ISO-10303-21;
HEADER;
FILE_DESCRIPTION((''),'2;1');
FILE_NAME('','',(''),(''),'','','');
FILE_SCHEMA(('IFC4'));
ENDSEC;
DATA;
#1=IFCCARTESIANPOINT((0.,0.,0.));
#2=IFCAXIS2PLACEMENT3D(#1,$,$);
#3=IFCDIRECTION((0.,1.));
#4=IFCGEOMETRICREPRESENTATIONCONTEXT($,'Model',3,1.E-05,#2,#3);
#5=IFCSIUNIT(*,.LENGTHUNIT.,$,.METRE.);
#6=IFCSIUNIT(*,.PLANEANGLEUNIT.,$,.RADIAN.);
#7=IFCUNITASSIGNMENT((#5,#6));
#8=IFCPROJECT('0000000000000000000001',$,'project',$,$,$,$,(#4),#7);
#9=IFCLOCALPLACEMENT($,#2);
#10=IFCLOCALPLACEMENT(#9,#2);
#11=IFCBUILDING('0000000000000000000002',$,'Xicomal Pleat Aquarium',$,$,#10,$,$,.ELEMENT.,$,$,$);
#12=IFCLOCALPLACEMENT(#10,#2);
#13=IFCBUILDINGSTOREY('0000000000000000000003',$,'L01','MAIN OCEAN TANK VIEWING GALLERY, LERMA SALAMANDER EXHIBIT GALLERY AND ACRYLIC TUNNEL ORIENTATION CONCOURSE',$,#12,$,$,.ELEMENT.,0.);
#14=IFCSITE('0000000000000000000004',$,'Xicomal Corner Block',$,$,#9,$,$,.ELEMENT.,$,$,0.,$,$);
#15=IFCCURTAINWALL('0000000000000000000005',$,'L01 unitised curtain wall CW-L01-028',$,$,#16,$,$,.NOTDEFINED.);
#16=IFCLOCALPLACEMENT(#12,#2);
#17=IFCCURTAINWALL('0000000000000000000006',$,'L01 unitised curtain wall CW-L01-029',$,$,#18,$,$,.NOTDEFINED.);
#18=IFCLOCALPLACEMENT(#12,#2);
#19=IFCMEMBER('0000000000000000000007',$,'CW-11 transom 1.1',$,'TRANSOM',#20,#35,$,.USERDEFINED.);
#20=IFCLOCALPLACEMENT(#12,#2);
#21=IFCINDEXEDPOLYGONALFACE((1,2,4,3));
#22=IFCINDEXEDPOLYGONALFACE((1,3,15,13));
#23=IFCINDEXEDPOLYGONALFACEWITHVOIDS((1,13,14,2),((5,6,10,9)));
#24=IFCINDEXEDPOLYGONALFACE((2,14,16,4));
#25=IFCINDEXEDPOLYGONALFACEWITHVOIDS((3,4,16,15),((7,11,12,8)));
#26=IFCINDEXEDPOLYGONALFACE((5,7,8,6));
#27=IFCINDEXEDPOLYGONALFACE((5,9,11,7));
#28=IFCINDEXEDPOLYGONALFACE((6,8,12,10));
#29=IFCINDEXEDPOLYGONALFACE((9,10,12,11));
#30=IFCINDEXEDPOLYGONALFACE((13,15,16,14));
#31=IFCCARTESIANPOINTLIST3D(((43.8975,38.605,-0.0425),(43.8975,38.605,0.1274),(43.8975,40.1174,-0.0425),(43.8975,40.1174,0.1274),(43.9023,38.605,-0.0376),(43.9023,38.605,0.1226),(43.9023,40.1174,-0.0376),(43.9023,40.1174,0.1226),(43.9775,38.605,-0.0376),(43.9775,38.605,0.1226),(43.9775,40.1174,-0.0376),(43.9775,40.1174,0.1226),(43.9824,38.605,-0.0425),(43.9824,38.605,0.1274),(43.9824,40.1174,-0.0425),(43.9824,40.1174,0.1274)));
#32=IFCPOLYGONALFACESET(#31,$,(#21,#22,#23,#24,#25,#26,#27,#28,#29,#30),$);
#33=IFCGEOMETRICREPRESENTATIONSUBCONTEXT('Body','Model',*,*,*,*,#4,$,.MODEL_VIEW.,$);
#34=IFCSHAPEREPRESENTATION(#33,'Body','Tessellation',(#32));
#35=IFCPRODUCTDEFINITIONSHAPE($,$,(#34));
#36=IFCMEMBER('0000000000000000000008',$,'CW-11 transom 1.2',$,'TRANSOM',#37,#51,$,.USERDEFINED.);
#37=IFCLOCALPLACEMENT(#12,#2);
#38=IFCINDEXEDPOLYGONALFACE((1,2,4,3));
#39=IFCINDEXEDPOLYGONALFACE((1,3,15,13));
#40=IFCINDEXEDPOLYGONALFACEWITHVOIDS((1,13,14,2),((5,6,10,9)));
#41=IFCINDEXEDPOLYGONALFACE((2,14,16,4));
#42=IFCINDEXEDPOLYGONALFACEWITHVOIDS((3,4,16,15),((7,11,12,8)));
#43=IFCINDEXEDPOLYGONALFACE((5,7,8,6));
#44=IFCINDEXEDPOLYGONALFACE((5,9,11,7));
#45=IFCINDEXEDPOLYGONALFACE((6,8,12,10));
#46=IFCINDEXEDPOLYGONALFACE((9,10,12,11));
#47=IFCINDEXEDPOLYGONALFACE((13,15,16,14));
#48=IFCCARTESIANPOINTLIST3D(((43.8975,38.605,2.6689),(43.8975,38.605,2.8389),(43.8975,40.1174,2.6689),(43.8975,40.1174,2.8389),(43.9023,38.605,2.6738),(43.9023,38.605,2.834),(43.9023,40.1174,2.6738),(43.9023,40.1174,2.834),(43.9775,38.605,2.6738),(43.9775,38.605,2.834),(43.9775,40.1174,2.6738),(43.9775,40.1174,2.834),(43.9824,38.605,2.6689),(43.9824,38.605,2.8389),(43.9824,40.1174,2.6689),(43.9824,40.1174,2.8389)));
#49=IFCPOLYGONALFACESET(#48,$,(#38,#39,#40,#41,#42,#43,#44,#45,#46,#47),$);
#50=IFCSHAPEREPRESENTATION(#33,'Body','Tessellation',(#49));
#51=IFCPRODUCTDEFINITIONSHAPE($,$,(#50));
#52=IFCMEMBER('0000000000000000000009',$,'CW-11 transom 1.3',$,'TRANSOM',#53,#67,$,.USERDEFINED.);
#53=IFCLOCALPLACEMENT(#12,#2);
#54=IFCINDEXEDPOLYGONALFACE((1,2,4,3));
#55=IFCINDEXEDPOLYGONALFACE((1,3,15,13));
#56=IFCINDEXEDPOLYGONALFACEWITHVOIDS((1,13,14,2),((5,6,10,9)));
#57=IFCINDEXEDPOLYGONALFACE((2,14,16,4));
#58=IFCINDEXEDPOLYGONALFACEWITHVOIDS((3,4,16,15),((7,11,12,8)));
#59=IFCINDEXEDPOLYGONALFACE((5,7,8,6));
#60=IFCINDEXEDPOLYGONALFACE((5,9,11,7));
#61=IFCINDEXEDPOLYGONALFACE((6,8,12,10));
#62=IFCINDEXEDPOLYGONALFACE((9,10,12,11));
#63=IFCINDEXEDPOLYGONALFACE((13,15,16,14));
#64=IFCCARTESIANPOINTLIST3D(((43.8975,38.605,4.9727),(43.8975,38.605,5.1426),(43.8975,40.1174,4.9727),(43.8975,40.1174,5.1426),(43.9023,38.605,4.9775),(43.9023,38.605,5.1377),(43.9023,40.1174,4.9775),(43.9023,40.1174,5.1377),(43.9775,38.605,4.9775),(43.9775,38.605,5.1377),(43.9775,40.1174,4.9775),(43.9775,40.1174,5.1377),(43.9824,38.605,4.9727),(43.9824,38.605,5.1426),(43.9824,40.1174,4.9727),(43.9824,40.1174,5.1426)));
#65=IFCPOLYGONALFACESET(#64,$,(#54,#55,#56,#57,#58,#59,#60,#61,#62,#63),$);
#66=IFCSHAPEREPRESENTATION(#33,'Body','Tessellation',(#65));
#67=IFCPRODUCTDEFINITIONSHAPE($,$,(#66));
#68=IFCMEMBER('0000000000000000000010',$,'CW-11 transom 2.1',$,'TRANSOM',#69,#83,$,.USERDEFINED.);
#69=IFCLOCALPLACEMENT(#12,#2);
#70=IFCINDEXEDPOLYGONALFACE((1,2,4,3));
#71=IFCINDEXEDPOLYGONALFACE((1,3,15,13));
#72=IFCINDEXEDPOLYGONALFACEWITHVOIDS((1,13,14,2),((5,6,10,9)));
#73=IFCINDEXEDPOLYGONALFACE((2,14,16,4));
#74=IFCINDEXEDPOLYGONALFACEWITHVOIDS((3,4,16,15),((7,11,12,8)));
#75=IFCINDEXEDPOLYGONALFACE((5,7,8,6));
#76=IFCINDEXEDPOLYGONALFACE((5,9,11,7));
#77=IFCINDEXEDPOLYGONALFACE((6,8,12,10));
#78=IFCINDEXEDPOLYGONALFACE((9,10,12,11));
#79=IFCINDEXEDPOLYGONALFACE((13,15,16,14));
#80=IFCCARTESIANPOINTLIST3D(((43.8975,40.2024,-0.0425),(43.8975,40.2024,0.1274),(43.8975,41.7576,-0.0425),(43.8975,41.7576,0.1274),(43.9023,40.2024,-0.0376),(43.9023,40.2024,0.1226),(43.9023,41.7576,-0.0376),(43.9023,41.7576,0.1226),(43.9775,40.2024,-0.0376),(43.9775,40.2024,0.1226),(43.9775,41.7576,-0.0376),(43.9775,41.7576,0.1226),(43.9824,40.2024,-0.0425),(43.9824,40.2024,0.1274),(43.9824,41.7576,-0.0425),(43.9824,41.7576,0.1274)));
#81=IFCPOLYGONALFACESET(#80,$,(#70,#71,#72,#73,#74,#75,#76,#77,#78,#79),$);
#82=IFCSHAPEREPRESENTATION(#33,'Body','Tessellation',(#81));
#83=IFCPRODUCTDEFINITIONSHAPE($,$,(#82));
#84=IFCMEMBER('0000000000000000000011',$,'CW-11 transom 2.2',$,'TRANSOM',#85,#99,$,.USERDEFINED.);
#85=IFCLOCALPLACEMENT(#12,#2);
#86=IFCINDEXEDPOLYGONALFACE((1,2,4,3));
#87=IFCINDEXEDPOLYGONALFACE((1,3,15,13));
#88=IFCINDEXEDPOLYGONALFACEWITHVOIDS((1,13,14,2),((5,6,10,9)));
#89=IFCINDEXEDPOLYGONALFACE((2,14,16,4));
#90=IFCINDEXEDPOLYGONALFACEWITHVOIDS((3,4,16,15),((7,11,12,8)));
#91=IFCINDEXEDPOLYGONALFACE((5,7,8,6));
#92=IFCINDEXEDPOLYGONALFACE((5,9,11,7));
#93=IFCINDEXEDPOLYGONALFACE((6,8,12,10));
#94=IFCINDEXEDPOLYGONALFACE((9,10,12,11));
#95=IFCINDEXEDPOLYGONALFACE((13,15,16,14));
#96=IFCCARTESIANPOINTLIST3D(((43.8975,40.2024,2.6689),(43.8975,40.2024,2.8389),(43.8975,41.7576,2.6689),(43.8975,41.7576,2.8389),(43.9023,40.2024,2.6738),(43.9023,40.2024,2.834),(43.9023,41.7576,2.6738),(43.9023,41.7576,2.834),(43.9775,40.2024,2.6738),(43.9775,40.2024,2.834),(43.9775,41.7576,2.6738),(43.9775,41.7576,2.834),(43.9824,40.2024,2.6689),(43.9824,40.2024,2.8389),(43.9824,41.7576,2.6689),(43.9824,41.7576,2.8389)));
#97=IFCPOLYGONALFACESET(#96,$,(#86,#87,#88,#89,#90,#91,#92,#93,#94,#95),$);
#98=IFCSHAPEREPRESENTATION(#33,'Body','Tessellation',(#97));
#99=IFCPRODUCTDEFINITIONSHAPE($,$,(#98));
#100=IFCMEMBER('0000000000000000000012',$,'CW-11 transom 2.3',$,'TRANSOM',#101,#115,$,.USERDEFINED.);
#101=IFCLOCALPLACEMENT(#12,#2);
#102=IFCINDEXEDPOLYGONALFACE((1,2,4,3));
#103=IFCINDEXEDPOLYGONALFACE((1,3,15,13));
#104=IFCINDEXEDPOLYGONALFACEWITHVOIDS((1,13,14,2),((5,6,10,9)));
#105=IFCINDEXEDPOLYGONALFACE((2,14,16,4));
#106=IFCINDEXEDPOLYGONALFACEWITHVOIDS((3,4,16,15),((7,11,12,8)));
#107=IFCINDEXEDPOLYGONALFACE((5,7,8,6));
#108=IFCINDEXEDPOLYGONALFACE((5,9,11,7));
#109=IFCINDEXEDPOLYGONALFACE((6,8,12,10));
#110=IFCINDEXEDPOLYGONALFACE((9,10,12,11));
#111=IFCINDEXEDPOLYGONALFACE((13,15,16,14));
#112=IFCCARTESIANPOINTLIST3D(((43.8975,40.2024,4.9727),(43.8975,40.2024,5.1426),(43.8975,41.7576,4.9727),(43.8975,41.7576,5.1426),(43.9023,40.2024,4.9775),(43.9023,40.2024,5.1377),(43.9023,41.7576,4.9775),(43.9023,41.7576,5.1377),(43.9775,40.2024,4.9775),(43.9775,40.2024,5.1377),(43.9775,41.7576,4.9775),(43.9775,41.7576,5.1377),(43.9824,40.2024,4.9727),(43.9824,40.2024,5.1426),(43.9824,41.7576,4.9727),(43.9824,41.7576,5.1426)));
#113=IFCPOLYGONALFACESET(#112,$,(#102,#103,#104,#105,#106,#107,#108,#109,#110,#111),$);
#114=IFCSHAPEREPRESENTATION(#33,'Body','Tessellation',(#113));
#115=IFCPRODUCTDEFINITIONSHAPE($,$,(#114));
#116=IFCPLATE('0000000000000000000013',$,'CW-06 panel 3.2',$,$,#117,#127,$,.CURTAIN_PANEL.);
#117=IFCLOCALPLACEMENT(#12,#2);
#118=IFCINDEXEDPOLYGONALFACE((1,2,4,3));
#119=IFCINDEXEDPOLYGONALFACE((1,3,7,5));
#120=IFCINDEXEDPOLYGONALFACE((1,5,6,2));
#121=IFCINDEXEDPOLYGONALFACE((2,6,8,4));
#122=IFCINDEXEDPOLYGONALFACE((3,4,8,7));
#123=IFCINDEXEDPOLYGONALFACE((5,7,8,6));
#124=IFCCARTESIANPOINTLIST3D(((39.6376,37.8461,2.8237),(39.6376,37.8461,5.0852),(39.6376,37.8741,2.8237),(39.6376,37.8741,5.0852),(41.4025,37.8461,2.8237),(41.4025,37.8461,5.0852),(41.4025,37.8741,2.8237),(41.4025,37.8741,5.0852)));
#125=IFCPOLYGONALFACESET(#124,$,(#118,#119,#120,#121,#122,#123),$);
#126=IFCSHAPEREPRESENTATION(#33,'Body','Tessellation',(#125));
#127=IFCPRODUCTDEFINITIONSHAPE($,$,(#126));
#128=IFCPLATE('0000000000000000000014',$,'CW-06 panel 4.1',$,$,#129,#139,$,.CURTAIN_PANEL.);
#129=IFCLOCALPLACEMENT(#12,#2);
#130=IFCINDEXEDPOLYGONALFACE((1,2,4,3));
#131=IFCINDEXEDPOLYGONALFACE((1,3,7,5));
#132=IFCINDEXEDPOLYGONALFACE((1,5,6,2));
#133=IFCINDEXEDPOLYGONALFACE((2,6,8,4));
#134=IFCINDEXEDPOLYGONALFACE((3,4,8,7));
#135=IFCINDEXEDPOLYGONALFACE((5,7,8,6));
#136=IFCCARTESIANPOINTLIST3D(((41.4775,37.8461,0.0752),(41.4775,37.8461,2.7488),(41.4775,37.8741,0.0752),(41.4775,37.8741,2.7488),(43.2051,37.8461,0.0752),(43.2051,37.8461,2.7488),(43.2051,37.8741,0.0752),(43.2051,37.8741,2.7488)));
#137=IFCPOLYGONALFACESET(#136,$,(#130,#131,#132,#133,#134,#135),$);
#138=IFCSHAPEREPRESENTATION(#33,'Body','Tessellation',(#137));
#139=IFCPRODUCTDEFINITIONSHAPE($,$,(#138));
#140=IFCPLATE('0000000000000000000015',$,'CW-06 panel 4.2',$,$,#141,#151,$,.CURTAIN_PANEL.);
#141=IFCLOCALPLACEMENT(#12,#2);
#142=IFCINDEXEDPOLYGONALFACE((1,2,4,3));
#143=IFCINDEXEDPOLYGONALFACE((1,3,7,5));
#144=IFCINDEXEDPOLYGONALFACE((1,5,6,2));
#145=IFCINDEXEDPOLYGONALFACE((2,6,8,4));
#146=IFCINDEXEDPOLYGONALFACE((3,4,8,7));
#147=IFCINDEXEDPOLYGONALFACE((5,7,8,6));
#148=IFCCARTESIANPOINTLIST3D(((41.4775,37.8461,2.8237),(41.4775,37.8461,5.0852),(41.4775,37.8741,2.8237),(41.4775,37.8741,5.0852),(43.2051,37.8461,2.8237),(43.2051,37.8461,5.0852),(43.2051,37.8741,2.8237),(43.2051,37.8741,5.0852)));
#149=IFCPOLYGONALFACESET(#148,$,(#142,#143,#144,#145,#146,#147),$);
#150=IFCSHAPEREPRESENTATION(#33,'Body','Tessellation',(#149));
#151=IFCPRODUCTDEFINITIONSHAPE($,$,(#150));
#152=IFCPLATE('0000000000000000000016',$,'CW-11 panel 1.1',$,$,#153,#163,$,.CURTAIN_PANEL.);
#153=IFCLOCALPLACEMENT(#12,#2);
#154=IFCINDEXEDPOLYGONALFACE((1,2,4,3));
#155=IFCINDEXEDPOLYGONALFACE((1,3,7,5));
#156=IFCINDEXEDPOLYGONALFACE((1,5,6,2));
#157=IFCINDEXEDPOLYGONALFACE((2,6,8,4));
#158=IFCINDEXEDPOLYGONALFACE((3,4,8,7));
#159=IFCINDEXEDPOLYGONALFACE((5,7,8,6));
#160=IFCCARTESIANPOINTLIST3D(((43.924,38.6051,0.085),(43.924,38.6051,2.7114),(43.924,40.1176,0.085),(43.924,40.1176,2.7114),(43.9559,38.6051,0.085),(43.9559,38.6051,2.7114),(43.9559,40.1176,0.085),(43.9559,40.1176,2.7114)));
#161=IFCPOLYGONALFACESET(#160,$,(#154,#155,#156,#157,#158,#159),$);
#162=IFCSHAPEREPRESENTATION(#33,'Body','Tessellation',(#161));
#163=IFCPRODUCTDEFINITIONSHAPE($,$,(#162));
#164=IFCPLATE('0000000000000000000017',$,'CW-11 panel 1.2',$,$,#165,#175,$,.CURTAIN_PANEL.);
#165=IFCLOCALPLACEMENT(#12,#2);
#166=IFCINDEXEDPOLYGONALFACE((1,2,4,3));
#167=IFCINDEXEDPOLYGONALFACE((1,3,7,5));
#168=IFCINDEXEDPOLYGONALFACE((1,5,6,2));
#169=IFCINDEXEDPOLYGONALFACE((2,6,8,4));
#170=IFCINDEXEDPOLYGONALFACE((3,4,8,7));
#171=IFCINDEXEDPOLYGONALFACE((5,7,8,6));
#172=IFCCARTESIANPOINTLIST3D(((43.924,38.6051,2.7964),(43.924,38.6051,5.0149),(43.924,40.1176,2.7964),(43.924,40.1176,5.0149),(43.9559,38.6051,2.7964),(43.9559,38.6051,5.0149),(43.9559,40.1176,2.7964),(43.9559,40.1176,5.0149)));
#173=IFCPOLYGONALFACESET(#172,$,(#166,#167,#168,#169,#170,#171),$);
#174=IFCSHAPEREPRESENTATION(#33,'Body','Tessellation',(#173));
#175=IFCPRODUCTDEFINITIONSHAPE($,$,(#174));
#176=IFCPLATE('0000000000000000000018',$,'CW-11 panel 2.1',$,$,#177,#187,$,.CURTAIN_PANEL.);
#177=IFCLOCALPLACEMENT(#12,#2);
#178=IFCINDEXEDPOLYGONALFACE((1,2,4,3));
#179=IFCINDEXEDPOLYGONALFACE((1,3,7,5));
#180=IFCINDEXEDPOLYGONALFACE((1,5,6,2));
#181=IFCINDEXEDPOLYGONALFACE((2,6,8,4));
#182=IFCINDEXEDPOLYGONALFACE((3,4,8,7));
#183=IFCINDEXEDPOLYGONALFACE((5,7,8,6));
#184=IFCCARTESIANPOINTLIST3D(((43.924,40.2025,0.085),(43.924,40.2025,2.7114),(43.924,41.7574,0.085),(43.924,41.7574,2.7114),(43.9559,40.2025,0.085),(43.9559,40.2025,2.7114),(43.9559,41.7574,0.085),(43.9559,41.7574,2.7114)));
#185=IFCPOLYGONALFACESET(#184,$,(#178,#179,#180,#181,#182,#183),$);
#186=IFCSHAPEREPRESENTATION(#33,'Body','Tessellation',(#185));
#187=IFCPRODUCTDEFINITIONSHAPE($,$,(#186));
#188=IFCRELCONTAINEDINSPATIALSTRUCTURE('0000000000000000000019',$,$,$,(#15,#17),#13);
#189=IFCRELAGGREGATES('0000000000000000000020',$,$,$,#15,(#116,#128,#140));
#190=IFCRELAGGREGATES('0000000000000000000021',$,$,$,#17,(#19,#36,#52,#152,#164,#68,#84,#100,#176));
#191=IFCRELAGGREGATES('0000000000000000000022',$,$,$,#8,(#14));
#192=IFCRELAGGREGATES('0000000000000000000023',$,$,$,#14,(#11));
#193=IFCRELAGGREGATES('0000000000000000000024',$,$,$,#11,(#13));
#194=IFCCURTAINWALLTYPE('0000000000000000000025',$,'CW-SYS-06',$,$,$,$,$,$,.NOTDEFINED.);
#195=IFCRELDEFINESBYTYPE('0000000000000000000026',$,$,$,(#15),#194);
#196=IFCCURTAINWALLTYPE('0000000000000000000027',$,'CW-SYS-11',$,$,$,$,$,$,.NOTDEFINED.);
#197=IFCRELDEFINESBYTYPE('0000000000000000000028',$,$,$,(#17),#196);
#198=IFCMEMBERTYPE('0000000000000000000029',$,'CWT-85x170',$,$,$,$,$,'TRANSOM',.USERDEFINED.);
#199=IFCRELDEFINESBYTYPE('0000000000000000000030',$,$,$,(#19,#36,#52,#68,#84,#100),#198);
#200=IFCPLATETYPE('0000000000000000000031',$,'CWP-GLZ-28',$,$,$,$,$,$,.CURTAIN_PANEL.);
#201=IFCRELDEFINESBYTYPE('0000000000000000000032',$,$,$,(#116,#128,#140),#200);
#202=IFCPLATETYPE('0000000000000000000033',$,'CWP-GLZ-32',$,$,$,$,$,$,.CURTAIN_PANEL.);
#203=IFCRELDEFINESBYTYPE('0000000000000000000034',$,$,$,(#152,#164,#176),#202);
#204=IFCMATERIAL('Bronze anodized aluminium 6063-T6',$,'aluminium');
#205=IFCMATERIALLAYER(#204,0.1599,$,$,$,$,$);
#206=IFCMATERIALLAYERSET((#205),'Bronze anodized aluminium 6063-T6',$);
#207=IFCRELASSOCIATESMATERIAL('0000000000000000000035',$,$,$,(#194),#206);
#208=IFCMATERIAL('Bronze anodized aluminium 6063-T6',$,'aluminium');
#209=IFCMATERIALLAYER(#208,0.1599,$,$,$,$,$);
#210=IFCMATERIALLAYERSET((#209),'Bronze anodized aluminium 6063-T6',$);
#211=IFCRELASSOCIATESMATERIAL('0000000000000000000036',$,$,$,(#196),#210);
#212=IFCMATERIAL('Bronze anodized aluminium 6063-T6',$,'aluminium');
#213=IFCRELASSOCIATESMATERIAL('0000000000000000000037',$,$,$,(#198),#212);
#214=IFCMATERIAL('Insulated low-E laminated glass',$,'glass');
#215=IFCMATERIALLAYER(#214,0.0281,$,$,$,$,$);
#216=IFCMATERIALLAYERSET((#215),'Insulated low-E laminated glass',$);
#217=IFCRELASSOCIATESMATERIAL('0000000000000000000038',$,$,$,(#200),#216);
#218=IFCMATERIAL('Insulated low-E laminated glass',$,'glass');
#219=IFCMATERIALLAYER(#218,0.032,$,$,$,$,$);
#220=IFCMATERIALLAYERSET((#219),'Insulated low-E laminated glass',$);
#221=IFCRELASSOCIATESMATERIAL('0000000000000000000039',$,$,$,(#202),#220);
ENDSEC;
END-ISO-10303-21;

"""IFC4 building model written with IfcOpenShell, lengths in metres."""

from ifc_helpers import new_model, si_unit, direction, frame, origin, origin_2d, place, context, subcontext, project, spatial, rectangle, hollow_rectangle, extrude, material, layer, layer_set, material_profile, profile_set, type_object, element, aggregate, save


model = new_model("IFC4")

# Units and contexts
model_context = context("Model", 3, precision=1e-05, world=origin(), true_north=direction((0.0, 1.0)))
body_context = subcontext(model_context, "Body", "Model", "MODEL_VIEW")
ifc_project = project(units=[si_unit("LENGTHUNIT", "METRE"), si_unit("PLANEANGLEUNIT", "RADIAN")], contexts=[model_context])

# Site, building, storey
site_placement = place(None, origin())
site = spatial("IfcSite", under=ifc_project, at=site_placement, Name="Xicomal Corner Block", CompositionType="ELEMENT", RefElevation=0.0)
building_placement = place(site_placement, origin())
building = spatial("IfcBuilding", under=site, at=building_placement, Name="Xicomal Pleat Aquarium", CompositionType="ELEMENT")
storey_placement = place(building_placement, origin())
storey = spatial("IfcBuildingStorey", under=building, at=storey_placement, Name="L01", Description="MAIN OCEAN TANK VIEWING GALLERY, LERMA SALAMANDER EXHIBIT GALLERY AND ACRYLIC TUNNEL ORIENTATION CONCOURSE", CompositionType="ELEMENT", Elevation=0.0)

# Curtain walls
ifc_material_1 = material(Name="Bronze anodized aluminium 6063-T6", Category="aluminium")
ifc_layer_1 = layer(ifc_material_1, 0.1599)
ifc_layer_set_1 = layer_set([ifc_layer_1], Name="Bronze anodized aluminium 6063-T6")
curtain_wall_type_1 = type_object("IfcCurtainWallType", Name="CW-SYS-06", PredefinedType="NOTDEFINED", material=ifc_layer_set_1)
curtain_wall_1_placement = place(storey_placement, origin())
curtain_wall_1 = element("IfcCurtainWall", 1, at=curtain_wall_1_placement, inside=storey, type_object=curtain_wall_type_1, Name="L01 unitised curtain wall CW-L01-028", PredefinedType="NOTDEFINED")
ifc_material_2 = material(Name="Bronze anodized aluminium 6063-T6", Category="aluminium")
ifc_layer_2 = layer(ifc_material_2, 0.1599)
ifc_layer_set_2 = layer_set([ifc_layer_2], Name="Bronze anodized aluminium 6063-T6")
curtain_wall_type_2 = type_object("IfcCurtainWallType", Name="CW-SYS-11", PredefinedType="NOTDEFINED", material=ifc_layer_set_2)
curtain_wall_2_placement = place(storey_placement, origin())
curtain_wall_2 = element("IfcCurtainWall", 2, at=curtain_wall_2_placement, inside=storey, type_object=curtain_wall_type_2, Name="L01 unitised curtain wall CW-L01-029", PredefinedType="NOTDEFINED")

# Members
ifc_material_3 = material(Name="Bronze anodized aluminium 6063-T6", Category="aluminium")
ifc_material_profile_1 = material_profile(ifc_material_3, hollow_rectangle(XDim=0.085, YDim=0.1699, WallThickness=0.0049, at=origin_2d()), Name="ALU TRAN 85x170")
ifc_profile_set_1 = profile_set([ifc_material_profile_1], Name="Bronze anodized aluminium 6063-T6")
member_type_1 = type_object("IfcMemberType", Name="CWT-85x170", ElementType="TRANSOM", PredefinedType="USERDEFINED", material=ifc_profile_set_1)
member_1_placement = place(storey_placement, frame((43.9399, 38.605, 0.0425), z_axis=(0.0, 1.0, 0.0), x_axis=(-1.0, 0.0, 0.0)))
member_1 = element("IfcMember", 3, at=member_1_placement, type_object=member_type_1, Name="CW-11 transom 1.1", ObjectType="TRANSOM", PredefinedType="USERDEFINED", context=body_context, shape_type="SweptSolid", body=[
    extrude(hollow_rectangle(XDim=0.085, YDim=0.1699, WallThickness=0.0049, at=origin_2d()), origin(), (0.0, 0.0, 1.0), 1.5125),
])
member_2_placement = place(storey_placement, frame((43.9399, 38.605, 2.7539), z_axis=(0.0, 1.0, 0.0), x_axis=(-1.0, 0.0, 0.0)))
member_2 = element("IfcMember", 4, at=member_2_placement, type_object=member_type_1, Name="CW-11 transom 1.2", ObjectType="TRANSOM", PredefinedType="USERDEFINED", context=body_context, shape_type="SweptSolid", body=[
    extrude(hollow_rectangle(XDim=0.085, YDim=0.1699, WallThickness=0.0049, at=origin_2d()), origin(), (0.0, 0.0, 1.0), 1.5125),
])
member_3_placement = place(storey_placement, frame((43.9399, 38.605, 5.0576), z_axis=(0.0, 1.0, 0.0), x_axis=(-1.0, 0.0, 0.0)))
member_3 = element("IfcMember", 5, at=member_3_placement, type_object=member_type_1, Name="CW-11 transom 1.3", ObjectType="TRANSOM", PredefinedType="USERDEFINED", context=body_context, shape_type="SweptSolid", body=[
    extrude(hollow_rectangle(XDim=0.085, YDim=0.1699, WallThickness=0.0049, at=origin_2d()), origin(), (0.0, 0.0, 1.0), 1.5125),
])
member_4_placement = place(storey_placement, frame((43.9399, 40.2024, 0.0425), z_axis=(0.0, 1.0, 0.0), x_axis=(-1.0, 0.0, 0.0)))
member_4 = element("IfcMember", 6, at=member_4_placement, type_object=member_type_1, Name="CW-11 transom 2.1", ObjectType="TRANSOM", PredefinedType="USERDEFINED", context=body_context, shape_type="SweptSolid", body=[
    extrude(hollow_rectangle(XDim=0.085, YDim=0.1699, WallThickness=0.0049, at=origin_2d()), origin(), (0.0, 0.0, 1.0), 1.5552),
])
member_5_placement = place(storey_placement, frame((43.9399, 40.2024, 2.7539), z_axis=(0.0, 1.0, 0.0), x_axis=(-1.0, 0.0, 0.0)))
member_5 = element("IfcMember", 7, at=member_5_placement, type_object=member_type_1, Name="CW-11 transom 2.2", ObjectType="TRANSOM", PredefinedType="USERDEFINED", context=body_context, shape_type="SweptSolid", body=[
    extrude(hollow_rectangle(XDim=0.085, YDim=0.1699, WallThickness=0.0049, at=origin_2d()), origin(), (0.0, 0.0, 1.0), 1.5552),
])
member_6_placement = place(storey_placement, frame((43.9399, 40.2024, 5.0576), z_axis=(0.0, 1.0, 0.0), x_axis=(-1.0, 0.0, 0.0)))
member_6 = element("IfcMember", 8, at=member_6_placement, type_object=member_type_1, Name="CW-11 transom 2.3", ObjectType="TRANSOM", PredefinedType="USERDEFINED", context=body_context, shape_type="SweptSolid", body=[
    extrude(hollow_rectangle(XDim=0.085, YDim=0.1699, WallThickness=0.0049, at=origin_2d()), origin(), (0.0, 0.0, 1.0), 1.5552),
])

# Plates
ifc_material_4 = material(Name="Insulated low-E laminated glass", Category="glass")
ifc_layer_3 = layer(ifc_material_4, 0.0281)
ifc_layer_set_3 = layer_set([ifc_layer_3], Name="Insulated low-E laminated glass")
plate_type_1 = type_object("IfcPlateType", Name="CWP-GLZ-28", PredefinedType="CURTAIN_PANEL", material=ifc_layer_set_3)
plate_1_placement = place(storey_placement, frame((40.52, 37.8601, 2.8237), z_axis=(0.0, 0.0, 1.0), x_axis=(1.0, 0.0, 0.0)))
plate_1 = element("IfcPlate", 9, at=plate_1_placement, type_object=plate_type_1, Name="CW-06 panel 3.2", PredefinedType="CURTAIN_PANEL", context=body_context, shape_type="SweptSolid", body=[
    extrude(rectangle(XDim=1.7649, YDim=0.0281, at=origin_2d()), origin(), (0.0, 0.0, 1.0), 2.2615),
])
plate_2_placement = place(storey_placement, frame((42.3413, 37.8601, 0.0752), z_axis=(0.0, 0.0, 1.0), x_axis=(1.0, 0.0, 0.0)))
plate_2 = element("IfcPlate", 10, at=plate_2_placement, type_object=plate_type_1, Name="CW-06 panel 4.1", PredefinedType="CURTAIN_PANEL", context=body_context, shape_type="SweptSolid", body=[
    extrude(rectangle(XDim=1.7275, YDim=0.0281, at=origin_2d()), origin(), (0.0, 0.0, 1.0), 2.6736),
])
plate_3_placement = place(storey_placement, frame((42.3413, 37.8601, 2.8237), z_axis=(0.0, 0.0, 1.0), x_axis=(1.0, 0.0, 0.0)))
plate_3 = element("IfcPlate", 11, at=plate_3_placement, type_object=plate_type_1, Name="CW-06 panel 4.2", PredefinedType="CURTAIN_PANEL", context=body_context, shape_type="SweptSolid", body=[
    extrude(rectangle(XDim=1.7275, YDim=0.0281, at=origin_2d()), origin(), (0.0, 0.0, 1.0), 2.2615),
])
aggregate(curtain_wall_1, [plate_1, plate_2, plate_3])
ifc_material_5 = material(Name="Insulated low-E laminated glass", Category="glass")
ifc_layer_4 = layer(ifc_material_5, 0.032)
ifc_layer_set_4 = layer_set([ifc_layer_4], Name="Insulated low-E laminated glass")
plate_type_2 = type_object("IfcPlateType", Name="CWP-GLZ-32", PredefinedType="CURTAIN_PANEL", material=ifc_layer_set_4)
plate_4_placement = place(storey_placement, frame((43.9399, 39.3613, 0.085), z_axis=(0.0, 0.0, 1.0), x_axis=(0.0, 1.0, 0.0)))
plate_4 = element("IfcPlate", 12, at=plate_4_placement, type_object=plate_type_2, Name="CW-11 panel 1.1", PredefinedType="CURTAIN_PANEL", context=body_context, shape_type="SweptSolid", body=[
    extrude(rectangle(XDim=1.5125, YDim=0.032, at=origin_2d()), origin(), (0.0, 0.0, 1.0), 2.6265),
])
plate_5_placement = place(storey_placement, frame((43.9399, 39.3613, 2.7964), z_axis=(0.0, 0.0, 1.0), x_axis=(0.0, 1.0, 0.0)))
plate_5 = element("IfcPlate", 13, at=plate_5_placement, type_object=plate_type_2, Name="CW-11 panel 1.2", PredefinedType="CURTAIN_PANEL", context=body_context, shape_type="SweptSolid", body=[
    extrude(rectangle(XDim=1.5125, YDim=0.032, at=origin_2d()), origin(), (0.0, 0.0, 1.0), 2.2185),
])
plate_6_placement = place(storey_placement, frame((43.9399, 40.98, 0.085), z_axis=(0.0, 0.0, 1.0), x_axis=(0.0, 1.0, 0.0)))
plate_6 = element("IfcPlate", 14, at=plate_6_placement, type_object=plate_type_2, Name="CW-11 panel 2.1", PredefinedType="CURTAIN_PANEL", context=body_context, shape_type="SweptSolid", body=[
    extrude(rectangle(XDim=1.5549, YDim=0.032, at=origin_2d()), origin(), (0.0, 0.0, 1.0), 2.6265),
])
aggregate(curtain_wall_2, [member_1, member_2, member_3, plate_4, plate_5, member_4, member_5, member_6, plate_6])

save(model, "model.ifc")
